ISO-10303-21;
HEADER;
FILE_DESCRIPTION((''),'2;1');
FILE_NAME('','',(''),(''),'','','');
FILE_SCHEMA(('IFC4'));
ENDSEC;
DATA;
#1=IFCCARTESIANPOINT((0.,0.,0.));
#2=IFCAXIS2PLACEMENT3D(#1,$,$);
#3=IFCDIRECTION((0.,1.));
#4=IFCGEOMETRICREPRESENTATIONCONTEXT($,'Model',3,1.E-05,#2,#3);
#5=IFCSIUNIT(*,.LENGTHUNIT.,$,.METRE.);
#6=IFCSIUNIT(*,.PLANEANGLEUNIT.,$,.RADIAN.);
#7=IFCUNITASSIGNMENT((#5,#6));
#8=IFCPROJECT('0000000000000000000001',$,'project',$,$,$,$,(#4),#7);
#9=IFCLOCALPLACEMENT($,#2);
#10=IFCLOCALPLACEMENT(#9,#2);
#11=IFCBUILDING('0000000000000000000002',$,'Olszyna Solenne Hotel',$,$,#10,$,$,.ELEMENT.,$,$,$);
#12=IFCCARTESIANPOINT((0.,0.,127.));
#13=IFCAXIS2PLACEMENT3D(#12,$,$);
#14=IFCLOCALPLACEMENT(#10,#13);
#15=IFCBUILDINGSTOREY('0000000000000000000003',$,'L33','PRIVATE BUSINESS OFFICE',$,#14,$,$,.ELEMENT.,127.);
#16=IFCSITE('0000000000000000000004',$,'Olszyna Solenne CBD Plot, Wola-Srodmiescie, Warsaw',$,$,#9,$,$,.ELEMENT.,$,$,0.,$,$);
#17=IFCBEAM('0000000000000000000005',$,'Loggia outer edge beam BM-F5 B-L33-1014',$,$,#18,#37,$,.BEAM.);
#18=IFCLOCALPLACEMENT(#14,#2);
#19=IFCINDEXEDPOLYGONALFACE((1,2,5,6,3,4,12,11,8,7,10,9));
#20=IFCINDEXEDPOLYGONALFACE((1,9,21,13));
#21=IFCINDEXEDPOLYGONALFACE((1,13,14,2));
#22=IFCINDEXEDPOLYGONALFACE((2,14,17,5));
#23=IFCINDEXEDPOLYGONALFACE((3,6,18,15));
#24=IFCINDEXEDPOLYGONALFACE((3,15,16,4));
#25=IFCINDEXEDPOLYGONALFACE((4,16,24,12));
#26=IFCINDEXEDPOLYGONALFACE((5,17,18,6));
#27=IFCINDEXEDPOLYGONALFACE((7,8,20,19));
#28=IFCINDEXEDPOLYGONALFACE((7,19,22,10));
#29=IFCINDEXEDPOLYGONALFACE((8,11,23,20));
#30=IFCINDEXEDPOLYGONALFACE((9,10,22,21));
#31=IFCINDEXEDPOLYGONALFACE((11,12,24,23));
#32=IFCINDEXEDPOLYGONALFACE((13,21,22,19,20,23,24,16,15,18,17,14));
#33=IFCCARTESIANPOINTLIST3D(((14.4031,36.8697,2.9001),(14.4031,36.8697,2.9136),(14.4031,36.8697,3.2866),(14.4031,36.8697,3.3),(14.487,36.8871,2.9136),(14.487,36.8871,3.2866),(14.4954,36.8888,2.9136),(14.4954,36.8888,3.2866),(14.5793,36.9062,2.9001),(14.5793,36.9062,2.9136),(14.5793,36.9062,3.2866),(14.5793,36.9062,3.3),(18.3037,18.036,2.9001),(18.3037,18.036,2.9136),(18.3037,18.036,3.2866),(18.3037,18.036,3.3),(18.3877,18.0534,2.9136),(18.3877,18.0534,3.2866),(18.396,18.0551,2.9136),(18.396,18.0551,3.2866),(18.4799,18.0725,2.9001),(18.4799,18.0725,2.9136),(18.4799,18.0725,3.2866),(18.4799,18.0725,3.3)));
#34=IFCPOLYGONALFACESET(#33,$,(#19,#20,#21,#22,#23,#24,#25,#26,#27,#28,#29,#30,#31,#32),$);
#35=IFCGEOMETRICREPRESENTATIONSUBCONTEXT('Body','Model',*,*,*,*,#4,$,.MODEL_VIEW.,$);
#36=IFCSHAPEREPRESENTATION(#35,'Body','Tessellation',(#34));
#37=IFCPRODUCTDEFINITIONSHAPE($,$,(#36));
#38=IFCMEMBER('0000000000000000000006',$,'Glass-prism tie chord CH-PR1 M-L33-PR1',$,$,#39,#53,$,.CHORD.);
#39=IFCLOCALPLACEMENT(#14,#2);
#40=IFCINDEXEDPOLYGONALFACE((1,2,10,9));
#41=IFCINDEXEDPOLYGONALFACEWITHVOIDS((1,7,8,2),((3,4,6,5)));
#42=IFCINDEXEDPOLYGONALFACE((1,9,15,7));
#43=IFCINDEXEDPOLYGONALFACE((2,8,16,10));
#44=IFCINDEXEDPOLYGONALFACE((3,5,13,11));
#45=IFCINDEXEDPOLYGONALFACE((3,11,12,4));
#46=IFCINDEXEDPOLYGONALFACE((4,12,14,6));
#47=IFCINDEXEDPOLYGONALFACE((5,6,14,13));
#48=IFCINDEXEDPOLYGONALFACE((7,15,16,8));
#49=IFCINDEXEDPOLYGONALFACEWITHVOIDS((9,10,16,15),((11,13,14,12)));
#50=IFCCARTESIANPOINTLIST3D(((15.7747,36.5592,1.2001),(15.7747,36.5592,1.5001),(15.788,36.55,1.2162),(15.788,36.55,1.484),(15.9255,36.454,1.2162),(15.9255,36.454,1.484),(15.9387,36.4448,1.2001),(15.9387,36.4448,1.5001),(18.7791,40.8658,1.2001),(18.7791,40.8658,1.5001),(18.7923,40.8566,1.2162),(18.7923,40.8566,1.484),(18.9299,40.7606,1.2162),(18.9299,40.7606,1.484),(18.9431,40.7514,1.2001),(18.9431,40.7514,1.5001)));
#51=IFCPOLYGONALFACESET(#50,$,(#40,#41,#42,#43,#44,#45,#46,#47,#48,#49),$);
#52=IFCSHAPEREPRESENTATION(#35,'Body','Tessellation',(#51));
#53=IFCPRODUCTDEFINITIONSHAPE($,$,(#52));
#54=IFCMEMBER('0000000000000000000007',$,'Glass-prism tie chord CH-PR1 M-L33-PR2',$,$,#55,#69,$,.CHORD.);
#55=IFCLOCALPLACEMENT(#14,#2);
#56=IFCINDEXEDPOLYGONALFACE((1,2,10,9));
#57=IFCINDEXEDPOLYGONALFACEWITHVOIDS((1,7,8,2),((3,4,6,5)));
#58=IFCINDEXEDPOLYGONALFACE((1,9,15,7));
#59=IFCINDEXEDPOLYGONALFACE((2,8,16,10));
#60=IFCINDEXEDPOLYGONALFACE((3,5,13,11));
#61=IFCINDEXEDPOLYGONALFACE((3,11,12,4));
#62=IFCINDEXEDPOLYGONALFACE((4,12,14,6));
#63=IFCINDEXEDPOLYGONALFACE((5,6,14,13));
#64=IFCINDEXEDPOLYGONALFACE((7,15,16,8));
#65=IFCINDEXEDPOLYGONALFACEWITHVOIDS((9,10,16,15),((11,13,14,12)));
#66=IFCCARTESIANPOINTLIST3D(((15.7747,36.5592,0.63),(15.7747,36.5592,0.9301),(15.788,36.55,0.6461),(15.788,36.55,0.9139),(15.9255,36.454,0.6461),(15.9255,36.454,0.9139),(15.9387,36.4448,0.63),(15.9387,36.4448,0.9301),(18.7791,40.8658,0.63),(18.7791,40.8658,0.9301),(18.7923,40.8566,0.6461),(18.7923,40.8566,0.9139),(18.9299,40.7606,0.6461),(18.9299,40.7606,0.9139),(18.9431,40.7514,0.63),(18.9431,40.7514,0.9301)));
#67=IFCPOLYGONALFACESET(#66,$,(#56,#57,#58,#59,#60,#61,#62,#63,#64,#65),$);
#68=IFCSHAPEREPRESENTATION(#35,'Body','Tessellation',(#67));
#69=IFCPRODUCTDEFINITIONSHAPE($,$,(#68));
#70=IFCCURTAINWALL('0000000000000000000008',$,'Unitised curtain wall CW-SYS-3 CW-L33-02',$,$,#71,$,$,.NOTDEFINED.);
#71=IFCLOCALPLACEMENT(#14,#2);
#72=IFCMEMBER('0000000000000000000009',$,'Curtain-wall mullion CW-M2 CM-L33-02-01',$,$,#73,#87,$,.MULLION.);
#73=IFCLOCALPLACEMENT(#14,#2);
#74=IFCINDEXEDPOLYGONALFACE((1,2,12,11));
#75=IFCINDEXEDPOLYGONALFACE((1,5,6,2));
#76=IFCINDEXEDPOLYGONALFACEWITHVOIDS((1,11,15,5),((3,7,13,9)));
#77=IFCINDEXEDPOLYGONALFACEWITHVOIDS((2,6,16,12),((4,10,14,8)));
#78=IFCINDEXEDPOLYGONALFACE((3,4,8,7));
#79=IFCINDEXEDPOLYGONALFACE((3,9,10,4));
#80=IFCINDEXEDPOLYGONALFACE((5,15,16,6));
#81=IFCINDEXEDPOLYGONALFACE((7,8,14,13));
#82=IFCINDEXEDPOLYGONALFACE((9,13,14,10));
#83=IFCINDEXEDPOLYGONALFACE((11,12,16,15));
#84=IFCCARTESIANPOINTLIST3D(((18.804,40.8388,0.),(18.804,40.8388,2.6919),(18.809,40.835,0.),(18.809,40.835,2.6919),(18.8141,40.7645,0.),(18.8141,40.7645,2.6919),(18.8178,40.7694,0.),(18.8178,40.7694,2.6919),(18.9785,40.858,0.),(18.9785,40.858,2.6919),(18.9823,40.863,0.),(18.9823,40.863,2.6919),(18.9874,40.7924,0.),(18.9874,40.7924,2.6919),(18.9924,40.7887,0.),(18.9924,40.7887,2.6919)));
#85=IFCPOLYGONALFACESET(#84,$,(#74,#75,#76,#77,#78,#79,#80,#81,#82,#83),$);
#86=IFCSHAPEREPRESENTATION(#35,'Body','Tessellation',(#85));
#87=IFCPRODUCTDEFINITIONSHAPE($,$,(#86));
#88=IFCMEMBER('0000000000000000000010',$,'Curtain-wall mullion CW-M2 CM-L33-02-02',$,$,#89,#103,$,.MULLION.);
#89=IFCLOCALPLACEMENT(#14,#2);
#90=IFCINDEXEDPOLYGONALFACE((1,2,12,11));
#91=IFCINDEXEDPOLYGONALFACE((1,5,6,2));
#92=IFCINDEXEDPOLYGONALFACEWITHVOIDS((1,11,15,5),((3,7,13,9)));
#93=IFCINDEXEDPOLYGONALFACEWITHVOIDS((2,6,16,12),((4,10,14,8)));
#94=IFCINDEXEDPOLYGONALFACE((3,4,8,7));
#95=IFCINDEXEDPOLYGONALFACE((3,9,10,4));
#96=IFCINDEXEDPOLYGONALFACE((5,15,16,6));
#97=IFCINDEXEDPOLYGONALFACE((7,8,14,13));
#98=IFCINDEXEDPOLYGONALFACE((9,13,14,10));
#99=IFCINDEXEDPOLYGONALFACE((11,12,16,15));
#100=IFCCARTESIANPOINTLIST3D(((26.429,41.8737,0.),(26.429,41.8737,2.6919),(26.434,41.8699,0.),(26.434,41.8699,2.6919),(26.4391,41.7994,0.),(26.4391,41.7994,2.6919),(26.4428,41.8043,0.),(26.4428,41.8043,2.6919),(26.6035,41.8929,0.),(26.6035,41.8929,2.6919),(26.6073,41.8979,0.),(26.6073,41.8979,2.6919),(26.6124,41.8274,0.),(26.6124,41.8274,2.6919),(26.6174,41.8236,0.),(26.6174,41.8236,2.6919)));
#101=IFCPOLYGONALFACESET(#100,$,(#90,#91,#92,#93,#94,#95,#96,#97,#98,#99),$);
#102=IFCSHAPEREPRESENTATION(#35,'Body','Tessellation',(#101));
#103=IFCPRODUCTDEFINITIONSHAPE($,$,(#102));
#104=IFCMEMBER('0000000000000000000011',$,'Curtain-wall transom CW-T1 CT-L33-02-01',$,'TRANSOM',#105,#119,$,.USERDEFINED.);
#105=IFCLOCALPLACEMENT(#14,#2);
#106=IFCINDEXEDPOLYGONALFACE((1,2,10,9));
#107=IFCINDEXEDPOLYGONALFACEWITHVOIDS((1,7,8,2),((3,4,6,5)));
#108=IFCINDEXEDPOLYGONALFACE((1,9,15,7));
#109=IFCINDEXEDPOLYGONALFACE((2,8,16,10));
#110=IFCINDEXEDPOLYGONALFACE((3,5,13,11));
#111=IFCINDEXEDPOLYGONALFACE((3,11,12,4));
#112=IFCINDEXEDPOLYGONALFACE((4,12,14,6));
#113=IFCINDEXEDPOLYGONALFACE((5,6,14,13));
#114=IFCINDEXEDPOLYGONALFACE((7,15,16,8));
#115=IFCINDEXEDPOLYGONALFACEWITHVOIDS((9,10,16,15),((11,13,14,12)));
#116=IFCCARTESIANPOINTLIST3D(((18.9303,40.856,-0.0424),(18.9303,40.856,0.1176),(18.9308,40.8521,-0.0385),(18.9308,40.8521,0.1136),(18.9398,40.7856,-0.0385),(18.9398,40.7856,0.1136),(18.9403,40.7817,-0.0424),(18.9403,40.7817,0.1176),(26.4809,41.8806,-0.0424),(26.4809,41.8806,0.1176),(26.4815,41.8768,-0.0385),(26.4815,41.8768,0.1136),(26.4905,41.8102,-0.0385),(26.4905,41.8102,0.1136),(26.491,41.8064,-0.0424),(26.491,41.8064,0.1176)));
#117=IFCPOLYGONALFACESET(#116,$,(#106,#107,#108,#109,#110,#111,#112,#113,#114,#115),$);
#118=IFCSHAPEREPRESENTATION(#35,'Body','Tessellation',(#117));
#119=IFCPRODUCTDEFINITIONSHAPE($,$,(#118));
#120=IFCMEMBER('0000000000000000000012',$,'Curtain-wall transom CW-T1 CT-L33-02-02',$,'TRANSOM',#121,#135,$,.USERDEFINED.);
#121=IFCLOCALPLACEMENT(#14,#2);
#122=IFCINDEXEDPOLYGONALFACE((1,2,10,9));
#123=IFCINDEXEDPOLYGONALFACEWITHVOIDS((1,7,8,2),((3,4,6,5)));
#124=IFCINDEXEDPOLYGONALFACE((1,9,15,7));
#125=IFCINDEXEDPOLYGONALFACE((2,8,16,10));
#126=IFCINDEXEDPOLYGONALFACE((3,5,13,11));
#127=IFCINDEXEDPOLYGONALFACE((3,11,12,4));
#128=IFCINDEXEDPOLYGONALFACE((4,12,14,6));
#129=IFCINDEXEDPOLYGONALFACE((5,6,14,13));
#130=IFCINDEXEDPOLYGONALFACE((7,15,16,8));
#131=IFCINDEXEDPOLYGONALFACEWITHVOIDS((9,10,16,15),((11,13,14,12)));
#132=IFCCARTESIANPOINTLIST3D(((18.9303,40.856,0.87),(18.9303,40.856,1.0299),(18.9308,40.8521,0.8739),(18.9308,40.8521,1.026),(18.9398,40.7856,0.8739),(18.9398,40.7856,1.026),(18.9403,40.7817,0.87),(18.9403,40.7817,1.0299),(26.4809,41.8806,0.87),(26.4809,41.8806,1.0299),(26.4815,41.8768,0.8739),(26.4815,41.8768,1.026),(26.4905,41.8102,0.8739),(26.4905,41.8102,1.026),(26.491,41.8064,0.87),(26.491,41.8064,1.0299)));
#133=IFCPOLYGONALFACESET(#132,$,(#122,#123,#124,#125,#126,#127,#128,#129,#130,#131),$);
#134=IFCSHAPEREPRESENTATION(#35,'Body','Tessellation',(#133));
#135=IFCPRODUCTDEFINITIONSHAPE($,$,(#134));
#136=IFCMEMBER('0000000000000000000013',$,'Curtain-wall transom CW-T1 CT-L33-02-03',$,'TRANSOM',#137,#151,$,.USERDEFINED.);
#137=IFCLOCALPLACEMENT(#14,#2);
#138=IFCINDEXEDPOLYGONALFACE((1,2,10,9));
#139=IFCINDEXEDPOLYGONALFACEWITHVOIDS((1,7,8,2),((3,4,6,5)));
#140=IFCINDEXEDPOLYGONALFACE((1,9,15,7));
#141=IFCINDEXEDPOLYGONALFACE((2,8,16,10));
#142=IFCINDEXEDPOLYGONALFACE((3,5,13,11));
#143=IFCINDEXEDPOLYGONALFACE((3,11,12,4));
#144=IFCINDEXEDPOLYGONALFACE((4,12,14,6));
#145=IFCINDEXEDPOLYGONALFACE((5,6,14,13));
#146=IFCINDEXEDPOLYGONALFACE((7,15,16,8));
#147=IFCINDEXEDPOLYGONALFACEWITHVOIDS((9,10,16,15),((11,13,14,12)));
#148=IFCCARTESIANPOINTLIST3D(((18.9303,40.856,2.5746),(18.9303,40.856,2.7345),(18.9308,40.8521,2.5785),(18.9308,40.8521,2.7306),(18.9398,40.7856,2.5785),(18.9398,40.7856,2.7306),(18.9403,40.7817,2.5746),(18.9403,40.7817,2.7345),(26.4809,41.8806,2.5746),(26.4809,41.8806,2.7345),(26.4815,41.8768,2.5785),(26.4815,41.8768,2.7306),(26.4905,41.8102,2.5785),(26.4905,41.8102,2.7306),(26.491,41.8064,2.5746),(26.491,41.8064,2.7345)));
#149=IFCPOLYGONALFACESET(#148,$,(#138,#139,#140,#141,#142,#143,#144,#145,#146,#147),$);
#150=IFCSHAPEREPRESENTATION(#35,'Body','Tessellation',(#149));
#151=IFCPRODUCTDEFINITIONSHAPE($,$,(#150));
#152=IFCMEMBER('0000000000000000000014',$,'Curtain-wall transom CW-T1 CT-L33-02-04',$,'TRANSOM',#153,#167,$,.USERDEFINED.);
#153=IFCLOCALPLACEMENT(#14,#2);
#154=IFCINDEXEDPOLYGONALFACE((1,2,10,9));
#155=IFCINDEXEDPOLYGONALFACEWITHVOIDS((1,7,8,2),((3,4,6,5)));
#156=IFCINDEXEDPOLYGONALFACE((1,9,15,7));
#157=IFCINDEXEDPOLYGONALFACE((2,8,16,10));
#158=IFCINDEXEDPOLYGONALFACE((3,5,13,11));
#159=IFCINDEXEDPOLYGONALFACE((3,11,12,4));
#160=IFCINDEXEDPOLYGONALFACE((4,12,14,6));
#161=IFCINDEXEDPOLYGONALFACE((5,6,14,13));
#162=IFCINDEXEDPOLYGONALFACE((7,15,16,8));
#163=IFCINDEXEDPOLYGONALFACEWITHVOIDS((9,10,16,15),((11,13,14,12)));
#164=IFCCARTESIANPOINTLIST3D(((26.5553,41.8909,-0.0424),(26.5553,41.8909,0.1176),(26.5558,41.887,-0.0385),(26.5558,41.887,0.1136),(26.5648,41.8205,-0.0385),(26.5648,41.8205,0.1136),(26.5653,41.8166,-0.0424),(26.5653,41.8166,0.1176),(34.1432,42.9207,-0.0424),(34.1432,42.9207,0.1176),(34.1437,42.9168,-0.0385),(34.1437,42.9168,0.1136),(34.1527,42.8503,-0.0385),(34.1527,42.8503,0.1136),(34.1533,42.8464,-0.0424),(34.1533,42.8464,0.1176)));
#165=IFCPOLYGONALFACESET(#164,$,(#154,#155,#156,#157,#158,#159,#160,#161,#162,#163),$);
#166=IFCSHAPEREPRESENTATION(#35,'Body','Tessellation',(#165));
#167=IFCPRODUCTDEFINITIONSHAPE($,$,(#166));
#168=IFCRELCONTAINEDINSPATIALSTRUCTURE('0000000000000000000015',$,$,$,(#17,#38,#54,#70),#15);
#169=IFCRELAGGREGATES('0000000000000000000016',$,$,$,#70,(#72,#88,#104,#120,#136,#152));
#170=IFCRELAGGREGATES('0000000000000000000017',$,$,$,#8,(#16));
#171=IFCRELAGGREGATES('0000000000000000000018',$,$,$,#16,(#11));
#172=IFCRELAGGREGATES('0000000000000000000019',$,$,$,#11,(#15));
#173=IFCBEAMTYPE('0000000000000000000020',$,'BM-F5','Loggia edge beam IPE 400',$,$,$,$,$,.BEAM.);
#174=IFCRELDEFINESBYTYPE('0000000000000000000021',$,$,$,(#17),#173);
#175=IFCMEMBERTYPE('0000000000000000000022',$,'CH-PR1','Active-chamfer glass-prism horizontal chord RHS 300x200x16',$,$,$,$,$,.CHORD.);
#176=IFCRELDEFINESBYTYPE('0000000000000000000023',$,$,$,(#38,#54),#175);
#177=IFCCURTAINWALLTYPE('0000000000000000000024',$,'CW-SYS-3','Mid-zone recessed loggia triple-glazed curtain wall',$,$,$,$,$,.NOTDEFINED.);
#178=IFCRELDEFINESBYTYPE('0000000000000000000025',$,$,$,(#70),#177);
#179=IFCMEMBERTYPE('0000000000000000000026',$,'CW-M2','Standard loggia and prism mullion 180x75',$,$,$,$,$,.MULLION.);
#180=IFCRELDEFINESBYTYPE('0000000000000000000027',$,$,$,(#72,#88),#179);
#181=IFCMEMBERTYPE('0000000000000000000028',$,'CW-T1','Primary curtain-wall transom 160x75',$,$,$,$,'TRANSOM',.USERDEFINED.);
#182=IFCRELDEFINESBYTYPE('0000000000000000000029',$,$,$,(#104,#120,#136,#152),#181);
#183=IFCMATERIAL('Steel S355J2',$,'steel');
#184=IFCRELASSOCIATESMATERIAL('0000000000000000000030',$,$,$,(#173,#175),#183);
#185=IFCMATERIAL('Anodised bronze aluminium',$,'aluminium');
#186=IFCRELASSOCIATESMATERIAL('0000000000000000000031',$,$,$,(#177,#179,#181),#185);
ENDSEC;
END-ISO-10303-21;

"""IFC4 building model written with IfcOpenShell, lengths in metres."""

from ifc_helpers import new_model, si_unit, direction, frame, origin, origin_2d, place, context, subcontext, project, spatial, hollow_rectangle, i_section, extrude, source, transform, mapped, material, material_profile, profile_set, type_object, element, aggregate, save


model = new_model("IFC4")

# Units and contexts
model_context = context("Model", 3, precision=1e-05, world=origin(), true_north=direction((0.0, 1.0)))
body_context = subcontext(model_context, "Body", "Model", "MODEL_VIEW")
ifc_project = project(units=[si_unit("LENGTHUNIT", "METRE"), si_unit("PLANEANGLEUNIT", "RADIAN")], contexts=[model_context])

# Site, building, storey
site_placement = place(None, origin())
site = spatial("IfcSite", under=ifc_project, at=site_placement, Name="Olszyna Solenne CBD Plot, Wola-Srodmiescie, Warsaw", CompositionType="ELEMENT", RefElevation=0.0)
building_placement = place(site_placement, origin())
building = spatial("IfcBuilding", under=site, at=building_placement, Name="Olszyna Solenne Hotel", CompositionType="ELEMENT")
storey_placement = place(building_placement, frame((0.0, 0.0, 127.0)))
storey = spatial("IfcBuildingStorey", under=building, at=storey_placement, Name="L33", Description="PRIVATE BUSINESS OFFICE", CompositionType="ELEMENT", Elevation=127.0)

# Beam
ifc_material_1 = material(Name="Steel S355J2", Category="steel")
ifc_material_profile_1 = material_profile(ifc_material_1, i_section(OverallWidth=0.1799, OverallDepth=0.3999, WebThickness=0.0085, FlangeThickness=0.0134, at=origin_2d()), Name="IPE 400", Category="load-bearing")
ifc_profile_set_1 = profile_set([ifc_material_profile_1], Name="Steel S355J2")
beam_type_1 = type_object("IfcBeamType", Name="BM-F5", Description="Loggia edge beam IPE 400", PredefinedType="BEAM", material=ifc_profile_set_1)
shared_shape_1 = source(origin(), body_context, "Body", "SweptSolid", [
    extrude(i_section(OverallWidth=0.1799, OverallDepth=0.3999, WebThickness=0.0085, FlangeThickness=0.0134, at=origin_2d()), origin(), (0.0, 0.0, 1.0), 19.2334),
])
beam_1_placement = place(storey_placement, frame((14.4912, 36.8879, 3.1001), z_axis=(0.202805, -0.979219, 0.0), x_axis=(0.979219, 0.202805, 0.0)))
element("IfcBeam", 1, at=beam_1_placement, inside=storey, type_object=beam_type_1, Name="Loggia outer edge beam BM-F5 B-L33-1014", PredefinedType="BEAM", context=body_context, shape_type="MappedRepresentation", body=[
    mapped(shared_shape_1, transform((0.0, 0.0, 0.0), x_axis=(1.0, 0.0, 0.0), y_axis=(0.0, 1.0, 0.0), z_axis=(0.0, 0.0, 1.0), scale=1.0)),
])

# Members
ifc_material_profile_2 = material_profile(ifc_material_1, hollow_rectangle(XDim=0.2, YDim=0.3, WallThickness=0.0161, at=origin_2d()), Name="RHS 300x200x16", Category="load-bearing")
ifc_profile_set_2 = profile_set([ifc_material_profile_2], Name="Steel S355J2")
member_type_1 = type_object("IfcMemberType", Name="CH-PR1", Description="Active-chamfer glass-prism horizontal chord RHS 300x200x16", PredefinedType="CHORD", material=ifc_profile_set_2)
shared_shape_2 = source(origin(), body_context, "Body", "SweptSolid", [
    extrude(hollow_rectangle(XDim=0.2, YDim=0.3, WallThickness=0.0161, at=origin_2d()), origin(), (0.0, 0.0, 1.0), 5.251),
])
for number, where, z_axis, x_axis, name in (
    (2, (18.8611, 40.8086, 1.3501), (-0.572151, -0.820148, 0.0), (0.820148, -0.572151, 0.0), "Glass-prism tie chord CH-PR1 M-L33-PR1"),
    (3, (18.8611, 40.8086, 0.78), (-0.572151, -0.820148, 0.0), (0.820148, -0.572151, 0.0), "Glass-prism tie chord CH-PR1 M-L33-PR2"),
):
    element("IfcMember", number, at=place(storey_placement, frame(where, z_axis=z_axis, x_axis=x_axis)), inside=storey, type_object=member_type_1, Name=name, PredefinedType="CHORD", context=body_context, shape_type="MappedRepresentation", body=[
        mapped(shared_shape_2, transform((0.0, 0.0, 0.0), x_axis=(1.0, 0.0, 0.0), y_axis=(0.0, 1.0, 0.0), z_axis=(0.0, 0.0, 1.0), scale=1.0)),
    ])

# Curtain wall, members
ifc_material_2 = material(Name="Anodised bronze aluminium", Category="aluminium")
curtain_wall_type = type_object("IfcCurtainWallType", Name="CW-SYS-3", Description="Mid-zone recessed loggia triple-glazed curtain wall", PredefinedType="NOTDEFINED", material=ifc_material_2)
curtain_wall_placement = place(storey_placement, origin())
curtain_wall = element("IfcCurtainWall", 4, at=curtain_wall_placement, inside=storey, type_object=curtain_wall_type, Name="Unitised curtain wall CW-SYS-3 CW-L33-02", PredefinedType="NOTDEFINED")
ifc_material_profile_3 = material_profile(ifc_material_2, hollow_rectangle(XDim=0.075, YDim=0.1799, WallThickness=0.0044, at=origin_2d()), Name="MULL 180x75x4.5", Category="load-bearing")
ifc_profile_set_3 = profile_set([ifc_material_profile_3], Name="Anodised bronze aluminium")
member_type_2 = type_object("IfcMemberType", Name="CW-M2", Description="Standard loggia and prism mullion 180x75", PredefinedType="MULLION", material=ifc_profile_set_3)
shared_shape_3 = source(origin(), body_context, "Body", "SweptSolid", [
    extrude(hollow_rectangle(XDim=0.075, YDim=0.1799, WallThickness=0.0044, at=origin_2d()), origin(), (0.0, 0.0, 1.0), 2.6919),
])
member_1_placement = place(storey_placement, frame((18.8982, 40.8137, 0.0), z_axis=(0.0, 0.0, 1.0), x_axis=(-0.134485, 0.990916, 0.0)))
member_1 = element("IfcMember", 5, at=member_1_placement, type_object=member_type_2, Name="Curtain-wall mullion CW-M2 CM-L33-02-01", PredefinedType="MULLION", context=body_context, shape_type="MappedRepresentation", body=[
    mapped(shared_shape_3, transform((0.0, 0.0, 0.0), x_axis=(1.0, 0.0, 0.0), y_axis=(0.0, 1.0, 0.0), z_axis=(0.0, 0.0, 1.0), scale=1.0)),
])
member_2_placement = place(storey_placement, frame((26.5232, 41.8486, 0.0), z_axis=(0.0, 0.0, 1.0), x_axis=(-0.134485, 0.990916, 0.0)))
member_2 = element("IfcMember", 6, at=member_2_placement, type_object=member_type_2, Name="Curtain-wall mullion CW-M2 CM-L33-02-02", PredefinedType="MULLION", context=body_context, shape_type="MappedRepresentation", body=[
    mapped(shared_shape_3, transform((0.0, 0.0, 0.0), x_axis=(1.0, 0.0, 0.0), y_axis=(0.0, 1.0, 0.0), z_axis=(0.0, 0.0, 1.0), scale=1.0)),
])
ifc_material_profile_4 = material_profile(ifc_material_2, hollow_rectangle(XDim=0.075, YDim=0.1599, WallThickness=0.0039, at=origin_2d()), Name="TRAN 160x75x4", Category="load-bearing")
ifc_profile_set_4 = profile_set([ifc_material_profile_4], Name="Anodised bronze aluminium")
member_type_3 = type_object("IfcMemberType", Name="CW-T1", Description="Primary curtain-wall transom 160x75", ElementType="TRANSOM", PredefinedType="USERDEFINED", material=ifc_profile_set_4)
shared_shape_4 = source(origin(), body_context, "Body", "SweptSolid", [
    extrude(hollow_rectangle(XDim=0.075, YDim=0.1599, WallThickness=0.0039, at=origin_2d()), origin(), (0.0, 0.0, 1.0), 7.6199),
])
member_3_placement = place(storey_placement, frame((18.9353, 40.8188, 0.0376), z_axis=(0.990918, 0.13447, 0.0), x_axis=(-0.13447, 0.990918, 0.0)))
member_3 = element("IfcMember", 7, at=member_3_placement, type_object=member_type_3, Name="Curtain-wall transom CW-T1 CT-L33-02-01", ObjectType="TRANSOM", PredefinedType="USERDEFINED", context=body_context, shape_type="MappedRepresentation", body=[
    mapped(shared_shape_4, transform((0.0, 0.0, 0.0), x_axis=(1.0, 0.0, 0.0), y_axis=(0.0, 1.0, 0.0), z_axis=(0.0, 0.0, 1.0), scale=1.0)),
])
member_4_placement = place(storey_placement, frame((18.9353, 40.8188, 0.95), z_axis=(0.990918, 0.13447, 0.0), x_axis=(-0.13447, 0.990918, 0.0)))
member_4 = element("IfcMember", 8, at=member_4_placement, type_object=member_type_3, Name="Curtain-wall transom CW-T1 CT-L33-02-02", ObjectType="TRANSOM", PredefinedType="USERDEFINED", context=body_context, shape_type="MappedRepresentation", body=[
    mapped(shared_shape_4, transform((0.0, 0.0, 0.0), x_axis=(1.0, 0.0, 0.0), y_axis=(0.0, 1.0, 0.0), z_axis=(0.0, 0.0, 1.0), scale=1.0)),
])
member_5_placement = place(storey_placement, frame((18.9353, 40.8188, 2.6545), z_axis=(0.990918, 0.13447, 0.0), x_axis=(-0.13447, 0.990918, 0.0)))
member_5 = element("IfcMember", 9, at=member_5_placement, type_object=member_type_3, Name="Curtain-wall transom CW-T1 CT-L33-02-03", ObjectType="TRANSOM", PredefinedType="USERDEFINED", context=body_context, shape_type="MappedRepresentation", body=[
    mapped(shared_shape_4, transform((0.0, 0.0, 0.0), x_axis=(1.0, 0.0, 0.0), y_axis=(0.0, 1.0, 0.0), z_axis=(0.0, 0.0, 1.0), scale=1.0)),
])
shared_shape_5 = source(origin(), body_context, "Body", "SweptSolid", [
    extrude(hollow_rectangle(XDim=0.075, YDim=0.1599, WallThickness=0.0039, at=origin_2d()), origin(), (0.0, 0.0, 1.0), 7.6575),
])
member_6_placement = place(storey_placement, frame((26.5603, 41.8538, 0.0376), z_axis=(0.990916, 0.134481, 0.0), x_axis=(-0.134481, 0.990916, 0.0)))
member_6 = element("IfcMember", 10, at=member_6_placement, type_object=member_type_3, Name="Curtain-wall transom CW-T1 CT-L33-02-04", ObjectType="TRANSOM", PredefinedType="USERDEFINED", context=body_context, shape_type="MappedRepresentation", body=[
    mapped(shared_shape_5, transform((0.0, 0.0, 0.0), x_axis=(1.0, 0.0, 0.0), y_axis=(0.0, 1.0, 0.0), z_axis=(0.0, 0.0, 1.0), scale=1.0)),
])

aggregate(curtain_wall, [member_1, member_2, member_3, member_4, member_5, member_6])

save(model, "model.ifc")
